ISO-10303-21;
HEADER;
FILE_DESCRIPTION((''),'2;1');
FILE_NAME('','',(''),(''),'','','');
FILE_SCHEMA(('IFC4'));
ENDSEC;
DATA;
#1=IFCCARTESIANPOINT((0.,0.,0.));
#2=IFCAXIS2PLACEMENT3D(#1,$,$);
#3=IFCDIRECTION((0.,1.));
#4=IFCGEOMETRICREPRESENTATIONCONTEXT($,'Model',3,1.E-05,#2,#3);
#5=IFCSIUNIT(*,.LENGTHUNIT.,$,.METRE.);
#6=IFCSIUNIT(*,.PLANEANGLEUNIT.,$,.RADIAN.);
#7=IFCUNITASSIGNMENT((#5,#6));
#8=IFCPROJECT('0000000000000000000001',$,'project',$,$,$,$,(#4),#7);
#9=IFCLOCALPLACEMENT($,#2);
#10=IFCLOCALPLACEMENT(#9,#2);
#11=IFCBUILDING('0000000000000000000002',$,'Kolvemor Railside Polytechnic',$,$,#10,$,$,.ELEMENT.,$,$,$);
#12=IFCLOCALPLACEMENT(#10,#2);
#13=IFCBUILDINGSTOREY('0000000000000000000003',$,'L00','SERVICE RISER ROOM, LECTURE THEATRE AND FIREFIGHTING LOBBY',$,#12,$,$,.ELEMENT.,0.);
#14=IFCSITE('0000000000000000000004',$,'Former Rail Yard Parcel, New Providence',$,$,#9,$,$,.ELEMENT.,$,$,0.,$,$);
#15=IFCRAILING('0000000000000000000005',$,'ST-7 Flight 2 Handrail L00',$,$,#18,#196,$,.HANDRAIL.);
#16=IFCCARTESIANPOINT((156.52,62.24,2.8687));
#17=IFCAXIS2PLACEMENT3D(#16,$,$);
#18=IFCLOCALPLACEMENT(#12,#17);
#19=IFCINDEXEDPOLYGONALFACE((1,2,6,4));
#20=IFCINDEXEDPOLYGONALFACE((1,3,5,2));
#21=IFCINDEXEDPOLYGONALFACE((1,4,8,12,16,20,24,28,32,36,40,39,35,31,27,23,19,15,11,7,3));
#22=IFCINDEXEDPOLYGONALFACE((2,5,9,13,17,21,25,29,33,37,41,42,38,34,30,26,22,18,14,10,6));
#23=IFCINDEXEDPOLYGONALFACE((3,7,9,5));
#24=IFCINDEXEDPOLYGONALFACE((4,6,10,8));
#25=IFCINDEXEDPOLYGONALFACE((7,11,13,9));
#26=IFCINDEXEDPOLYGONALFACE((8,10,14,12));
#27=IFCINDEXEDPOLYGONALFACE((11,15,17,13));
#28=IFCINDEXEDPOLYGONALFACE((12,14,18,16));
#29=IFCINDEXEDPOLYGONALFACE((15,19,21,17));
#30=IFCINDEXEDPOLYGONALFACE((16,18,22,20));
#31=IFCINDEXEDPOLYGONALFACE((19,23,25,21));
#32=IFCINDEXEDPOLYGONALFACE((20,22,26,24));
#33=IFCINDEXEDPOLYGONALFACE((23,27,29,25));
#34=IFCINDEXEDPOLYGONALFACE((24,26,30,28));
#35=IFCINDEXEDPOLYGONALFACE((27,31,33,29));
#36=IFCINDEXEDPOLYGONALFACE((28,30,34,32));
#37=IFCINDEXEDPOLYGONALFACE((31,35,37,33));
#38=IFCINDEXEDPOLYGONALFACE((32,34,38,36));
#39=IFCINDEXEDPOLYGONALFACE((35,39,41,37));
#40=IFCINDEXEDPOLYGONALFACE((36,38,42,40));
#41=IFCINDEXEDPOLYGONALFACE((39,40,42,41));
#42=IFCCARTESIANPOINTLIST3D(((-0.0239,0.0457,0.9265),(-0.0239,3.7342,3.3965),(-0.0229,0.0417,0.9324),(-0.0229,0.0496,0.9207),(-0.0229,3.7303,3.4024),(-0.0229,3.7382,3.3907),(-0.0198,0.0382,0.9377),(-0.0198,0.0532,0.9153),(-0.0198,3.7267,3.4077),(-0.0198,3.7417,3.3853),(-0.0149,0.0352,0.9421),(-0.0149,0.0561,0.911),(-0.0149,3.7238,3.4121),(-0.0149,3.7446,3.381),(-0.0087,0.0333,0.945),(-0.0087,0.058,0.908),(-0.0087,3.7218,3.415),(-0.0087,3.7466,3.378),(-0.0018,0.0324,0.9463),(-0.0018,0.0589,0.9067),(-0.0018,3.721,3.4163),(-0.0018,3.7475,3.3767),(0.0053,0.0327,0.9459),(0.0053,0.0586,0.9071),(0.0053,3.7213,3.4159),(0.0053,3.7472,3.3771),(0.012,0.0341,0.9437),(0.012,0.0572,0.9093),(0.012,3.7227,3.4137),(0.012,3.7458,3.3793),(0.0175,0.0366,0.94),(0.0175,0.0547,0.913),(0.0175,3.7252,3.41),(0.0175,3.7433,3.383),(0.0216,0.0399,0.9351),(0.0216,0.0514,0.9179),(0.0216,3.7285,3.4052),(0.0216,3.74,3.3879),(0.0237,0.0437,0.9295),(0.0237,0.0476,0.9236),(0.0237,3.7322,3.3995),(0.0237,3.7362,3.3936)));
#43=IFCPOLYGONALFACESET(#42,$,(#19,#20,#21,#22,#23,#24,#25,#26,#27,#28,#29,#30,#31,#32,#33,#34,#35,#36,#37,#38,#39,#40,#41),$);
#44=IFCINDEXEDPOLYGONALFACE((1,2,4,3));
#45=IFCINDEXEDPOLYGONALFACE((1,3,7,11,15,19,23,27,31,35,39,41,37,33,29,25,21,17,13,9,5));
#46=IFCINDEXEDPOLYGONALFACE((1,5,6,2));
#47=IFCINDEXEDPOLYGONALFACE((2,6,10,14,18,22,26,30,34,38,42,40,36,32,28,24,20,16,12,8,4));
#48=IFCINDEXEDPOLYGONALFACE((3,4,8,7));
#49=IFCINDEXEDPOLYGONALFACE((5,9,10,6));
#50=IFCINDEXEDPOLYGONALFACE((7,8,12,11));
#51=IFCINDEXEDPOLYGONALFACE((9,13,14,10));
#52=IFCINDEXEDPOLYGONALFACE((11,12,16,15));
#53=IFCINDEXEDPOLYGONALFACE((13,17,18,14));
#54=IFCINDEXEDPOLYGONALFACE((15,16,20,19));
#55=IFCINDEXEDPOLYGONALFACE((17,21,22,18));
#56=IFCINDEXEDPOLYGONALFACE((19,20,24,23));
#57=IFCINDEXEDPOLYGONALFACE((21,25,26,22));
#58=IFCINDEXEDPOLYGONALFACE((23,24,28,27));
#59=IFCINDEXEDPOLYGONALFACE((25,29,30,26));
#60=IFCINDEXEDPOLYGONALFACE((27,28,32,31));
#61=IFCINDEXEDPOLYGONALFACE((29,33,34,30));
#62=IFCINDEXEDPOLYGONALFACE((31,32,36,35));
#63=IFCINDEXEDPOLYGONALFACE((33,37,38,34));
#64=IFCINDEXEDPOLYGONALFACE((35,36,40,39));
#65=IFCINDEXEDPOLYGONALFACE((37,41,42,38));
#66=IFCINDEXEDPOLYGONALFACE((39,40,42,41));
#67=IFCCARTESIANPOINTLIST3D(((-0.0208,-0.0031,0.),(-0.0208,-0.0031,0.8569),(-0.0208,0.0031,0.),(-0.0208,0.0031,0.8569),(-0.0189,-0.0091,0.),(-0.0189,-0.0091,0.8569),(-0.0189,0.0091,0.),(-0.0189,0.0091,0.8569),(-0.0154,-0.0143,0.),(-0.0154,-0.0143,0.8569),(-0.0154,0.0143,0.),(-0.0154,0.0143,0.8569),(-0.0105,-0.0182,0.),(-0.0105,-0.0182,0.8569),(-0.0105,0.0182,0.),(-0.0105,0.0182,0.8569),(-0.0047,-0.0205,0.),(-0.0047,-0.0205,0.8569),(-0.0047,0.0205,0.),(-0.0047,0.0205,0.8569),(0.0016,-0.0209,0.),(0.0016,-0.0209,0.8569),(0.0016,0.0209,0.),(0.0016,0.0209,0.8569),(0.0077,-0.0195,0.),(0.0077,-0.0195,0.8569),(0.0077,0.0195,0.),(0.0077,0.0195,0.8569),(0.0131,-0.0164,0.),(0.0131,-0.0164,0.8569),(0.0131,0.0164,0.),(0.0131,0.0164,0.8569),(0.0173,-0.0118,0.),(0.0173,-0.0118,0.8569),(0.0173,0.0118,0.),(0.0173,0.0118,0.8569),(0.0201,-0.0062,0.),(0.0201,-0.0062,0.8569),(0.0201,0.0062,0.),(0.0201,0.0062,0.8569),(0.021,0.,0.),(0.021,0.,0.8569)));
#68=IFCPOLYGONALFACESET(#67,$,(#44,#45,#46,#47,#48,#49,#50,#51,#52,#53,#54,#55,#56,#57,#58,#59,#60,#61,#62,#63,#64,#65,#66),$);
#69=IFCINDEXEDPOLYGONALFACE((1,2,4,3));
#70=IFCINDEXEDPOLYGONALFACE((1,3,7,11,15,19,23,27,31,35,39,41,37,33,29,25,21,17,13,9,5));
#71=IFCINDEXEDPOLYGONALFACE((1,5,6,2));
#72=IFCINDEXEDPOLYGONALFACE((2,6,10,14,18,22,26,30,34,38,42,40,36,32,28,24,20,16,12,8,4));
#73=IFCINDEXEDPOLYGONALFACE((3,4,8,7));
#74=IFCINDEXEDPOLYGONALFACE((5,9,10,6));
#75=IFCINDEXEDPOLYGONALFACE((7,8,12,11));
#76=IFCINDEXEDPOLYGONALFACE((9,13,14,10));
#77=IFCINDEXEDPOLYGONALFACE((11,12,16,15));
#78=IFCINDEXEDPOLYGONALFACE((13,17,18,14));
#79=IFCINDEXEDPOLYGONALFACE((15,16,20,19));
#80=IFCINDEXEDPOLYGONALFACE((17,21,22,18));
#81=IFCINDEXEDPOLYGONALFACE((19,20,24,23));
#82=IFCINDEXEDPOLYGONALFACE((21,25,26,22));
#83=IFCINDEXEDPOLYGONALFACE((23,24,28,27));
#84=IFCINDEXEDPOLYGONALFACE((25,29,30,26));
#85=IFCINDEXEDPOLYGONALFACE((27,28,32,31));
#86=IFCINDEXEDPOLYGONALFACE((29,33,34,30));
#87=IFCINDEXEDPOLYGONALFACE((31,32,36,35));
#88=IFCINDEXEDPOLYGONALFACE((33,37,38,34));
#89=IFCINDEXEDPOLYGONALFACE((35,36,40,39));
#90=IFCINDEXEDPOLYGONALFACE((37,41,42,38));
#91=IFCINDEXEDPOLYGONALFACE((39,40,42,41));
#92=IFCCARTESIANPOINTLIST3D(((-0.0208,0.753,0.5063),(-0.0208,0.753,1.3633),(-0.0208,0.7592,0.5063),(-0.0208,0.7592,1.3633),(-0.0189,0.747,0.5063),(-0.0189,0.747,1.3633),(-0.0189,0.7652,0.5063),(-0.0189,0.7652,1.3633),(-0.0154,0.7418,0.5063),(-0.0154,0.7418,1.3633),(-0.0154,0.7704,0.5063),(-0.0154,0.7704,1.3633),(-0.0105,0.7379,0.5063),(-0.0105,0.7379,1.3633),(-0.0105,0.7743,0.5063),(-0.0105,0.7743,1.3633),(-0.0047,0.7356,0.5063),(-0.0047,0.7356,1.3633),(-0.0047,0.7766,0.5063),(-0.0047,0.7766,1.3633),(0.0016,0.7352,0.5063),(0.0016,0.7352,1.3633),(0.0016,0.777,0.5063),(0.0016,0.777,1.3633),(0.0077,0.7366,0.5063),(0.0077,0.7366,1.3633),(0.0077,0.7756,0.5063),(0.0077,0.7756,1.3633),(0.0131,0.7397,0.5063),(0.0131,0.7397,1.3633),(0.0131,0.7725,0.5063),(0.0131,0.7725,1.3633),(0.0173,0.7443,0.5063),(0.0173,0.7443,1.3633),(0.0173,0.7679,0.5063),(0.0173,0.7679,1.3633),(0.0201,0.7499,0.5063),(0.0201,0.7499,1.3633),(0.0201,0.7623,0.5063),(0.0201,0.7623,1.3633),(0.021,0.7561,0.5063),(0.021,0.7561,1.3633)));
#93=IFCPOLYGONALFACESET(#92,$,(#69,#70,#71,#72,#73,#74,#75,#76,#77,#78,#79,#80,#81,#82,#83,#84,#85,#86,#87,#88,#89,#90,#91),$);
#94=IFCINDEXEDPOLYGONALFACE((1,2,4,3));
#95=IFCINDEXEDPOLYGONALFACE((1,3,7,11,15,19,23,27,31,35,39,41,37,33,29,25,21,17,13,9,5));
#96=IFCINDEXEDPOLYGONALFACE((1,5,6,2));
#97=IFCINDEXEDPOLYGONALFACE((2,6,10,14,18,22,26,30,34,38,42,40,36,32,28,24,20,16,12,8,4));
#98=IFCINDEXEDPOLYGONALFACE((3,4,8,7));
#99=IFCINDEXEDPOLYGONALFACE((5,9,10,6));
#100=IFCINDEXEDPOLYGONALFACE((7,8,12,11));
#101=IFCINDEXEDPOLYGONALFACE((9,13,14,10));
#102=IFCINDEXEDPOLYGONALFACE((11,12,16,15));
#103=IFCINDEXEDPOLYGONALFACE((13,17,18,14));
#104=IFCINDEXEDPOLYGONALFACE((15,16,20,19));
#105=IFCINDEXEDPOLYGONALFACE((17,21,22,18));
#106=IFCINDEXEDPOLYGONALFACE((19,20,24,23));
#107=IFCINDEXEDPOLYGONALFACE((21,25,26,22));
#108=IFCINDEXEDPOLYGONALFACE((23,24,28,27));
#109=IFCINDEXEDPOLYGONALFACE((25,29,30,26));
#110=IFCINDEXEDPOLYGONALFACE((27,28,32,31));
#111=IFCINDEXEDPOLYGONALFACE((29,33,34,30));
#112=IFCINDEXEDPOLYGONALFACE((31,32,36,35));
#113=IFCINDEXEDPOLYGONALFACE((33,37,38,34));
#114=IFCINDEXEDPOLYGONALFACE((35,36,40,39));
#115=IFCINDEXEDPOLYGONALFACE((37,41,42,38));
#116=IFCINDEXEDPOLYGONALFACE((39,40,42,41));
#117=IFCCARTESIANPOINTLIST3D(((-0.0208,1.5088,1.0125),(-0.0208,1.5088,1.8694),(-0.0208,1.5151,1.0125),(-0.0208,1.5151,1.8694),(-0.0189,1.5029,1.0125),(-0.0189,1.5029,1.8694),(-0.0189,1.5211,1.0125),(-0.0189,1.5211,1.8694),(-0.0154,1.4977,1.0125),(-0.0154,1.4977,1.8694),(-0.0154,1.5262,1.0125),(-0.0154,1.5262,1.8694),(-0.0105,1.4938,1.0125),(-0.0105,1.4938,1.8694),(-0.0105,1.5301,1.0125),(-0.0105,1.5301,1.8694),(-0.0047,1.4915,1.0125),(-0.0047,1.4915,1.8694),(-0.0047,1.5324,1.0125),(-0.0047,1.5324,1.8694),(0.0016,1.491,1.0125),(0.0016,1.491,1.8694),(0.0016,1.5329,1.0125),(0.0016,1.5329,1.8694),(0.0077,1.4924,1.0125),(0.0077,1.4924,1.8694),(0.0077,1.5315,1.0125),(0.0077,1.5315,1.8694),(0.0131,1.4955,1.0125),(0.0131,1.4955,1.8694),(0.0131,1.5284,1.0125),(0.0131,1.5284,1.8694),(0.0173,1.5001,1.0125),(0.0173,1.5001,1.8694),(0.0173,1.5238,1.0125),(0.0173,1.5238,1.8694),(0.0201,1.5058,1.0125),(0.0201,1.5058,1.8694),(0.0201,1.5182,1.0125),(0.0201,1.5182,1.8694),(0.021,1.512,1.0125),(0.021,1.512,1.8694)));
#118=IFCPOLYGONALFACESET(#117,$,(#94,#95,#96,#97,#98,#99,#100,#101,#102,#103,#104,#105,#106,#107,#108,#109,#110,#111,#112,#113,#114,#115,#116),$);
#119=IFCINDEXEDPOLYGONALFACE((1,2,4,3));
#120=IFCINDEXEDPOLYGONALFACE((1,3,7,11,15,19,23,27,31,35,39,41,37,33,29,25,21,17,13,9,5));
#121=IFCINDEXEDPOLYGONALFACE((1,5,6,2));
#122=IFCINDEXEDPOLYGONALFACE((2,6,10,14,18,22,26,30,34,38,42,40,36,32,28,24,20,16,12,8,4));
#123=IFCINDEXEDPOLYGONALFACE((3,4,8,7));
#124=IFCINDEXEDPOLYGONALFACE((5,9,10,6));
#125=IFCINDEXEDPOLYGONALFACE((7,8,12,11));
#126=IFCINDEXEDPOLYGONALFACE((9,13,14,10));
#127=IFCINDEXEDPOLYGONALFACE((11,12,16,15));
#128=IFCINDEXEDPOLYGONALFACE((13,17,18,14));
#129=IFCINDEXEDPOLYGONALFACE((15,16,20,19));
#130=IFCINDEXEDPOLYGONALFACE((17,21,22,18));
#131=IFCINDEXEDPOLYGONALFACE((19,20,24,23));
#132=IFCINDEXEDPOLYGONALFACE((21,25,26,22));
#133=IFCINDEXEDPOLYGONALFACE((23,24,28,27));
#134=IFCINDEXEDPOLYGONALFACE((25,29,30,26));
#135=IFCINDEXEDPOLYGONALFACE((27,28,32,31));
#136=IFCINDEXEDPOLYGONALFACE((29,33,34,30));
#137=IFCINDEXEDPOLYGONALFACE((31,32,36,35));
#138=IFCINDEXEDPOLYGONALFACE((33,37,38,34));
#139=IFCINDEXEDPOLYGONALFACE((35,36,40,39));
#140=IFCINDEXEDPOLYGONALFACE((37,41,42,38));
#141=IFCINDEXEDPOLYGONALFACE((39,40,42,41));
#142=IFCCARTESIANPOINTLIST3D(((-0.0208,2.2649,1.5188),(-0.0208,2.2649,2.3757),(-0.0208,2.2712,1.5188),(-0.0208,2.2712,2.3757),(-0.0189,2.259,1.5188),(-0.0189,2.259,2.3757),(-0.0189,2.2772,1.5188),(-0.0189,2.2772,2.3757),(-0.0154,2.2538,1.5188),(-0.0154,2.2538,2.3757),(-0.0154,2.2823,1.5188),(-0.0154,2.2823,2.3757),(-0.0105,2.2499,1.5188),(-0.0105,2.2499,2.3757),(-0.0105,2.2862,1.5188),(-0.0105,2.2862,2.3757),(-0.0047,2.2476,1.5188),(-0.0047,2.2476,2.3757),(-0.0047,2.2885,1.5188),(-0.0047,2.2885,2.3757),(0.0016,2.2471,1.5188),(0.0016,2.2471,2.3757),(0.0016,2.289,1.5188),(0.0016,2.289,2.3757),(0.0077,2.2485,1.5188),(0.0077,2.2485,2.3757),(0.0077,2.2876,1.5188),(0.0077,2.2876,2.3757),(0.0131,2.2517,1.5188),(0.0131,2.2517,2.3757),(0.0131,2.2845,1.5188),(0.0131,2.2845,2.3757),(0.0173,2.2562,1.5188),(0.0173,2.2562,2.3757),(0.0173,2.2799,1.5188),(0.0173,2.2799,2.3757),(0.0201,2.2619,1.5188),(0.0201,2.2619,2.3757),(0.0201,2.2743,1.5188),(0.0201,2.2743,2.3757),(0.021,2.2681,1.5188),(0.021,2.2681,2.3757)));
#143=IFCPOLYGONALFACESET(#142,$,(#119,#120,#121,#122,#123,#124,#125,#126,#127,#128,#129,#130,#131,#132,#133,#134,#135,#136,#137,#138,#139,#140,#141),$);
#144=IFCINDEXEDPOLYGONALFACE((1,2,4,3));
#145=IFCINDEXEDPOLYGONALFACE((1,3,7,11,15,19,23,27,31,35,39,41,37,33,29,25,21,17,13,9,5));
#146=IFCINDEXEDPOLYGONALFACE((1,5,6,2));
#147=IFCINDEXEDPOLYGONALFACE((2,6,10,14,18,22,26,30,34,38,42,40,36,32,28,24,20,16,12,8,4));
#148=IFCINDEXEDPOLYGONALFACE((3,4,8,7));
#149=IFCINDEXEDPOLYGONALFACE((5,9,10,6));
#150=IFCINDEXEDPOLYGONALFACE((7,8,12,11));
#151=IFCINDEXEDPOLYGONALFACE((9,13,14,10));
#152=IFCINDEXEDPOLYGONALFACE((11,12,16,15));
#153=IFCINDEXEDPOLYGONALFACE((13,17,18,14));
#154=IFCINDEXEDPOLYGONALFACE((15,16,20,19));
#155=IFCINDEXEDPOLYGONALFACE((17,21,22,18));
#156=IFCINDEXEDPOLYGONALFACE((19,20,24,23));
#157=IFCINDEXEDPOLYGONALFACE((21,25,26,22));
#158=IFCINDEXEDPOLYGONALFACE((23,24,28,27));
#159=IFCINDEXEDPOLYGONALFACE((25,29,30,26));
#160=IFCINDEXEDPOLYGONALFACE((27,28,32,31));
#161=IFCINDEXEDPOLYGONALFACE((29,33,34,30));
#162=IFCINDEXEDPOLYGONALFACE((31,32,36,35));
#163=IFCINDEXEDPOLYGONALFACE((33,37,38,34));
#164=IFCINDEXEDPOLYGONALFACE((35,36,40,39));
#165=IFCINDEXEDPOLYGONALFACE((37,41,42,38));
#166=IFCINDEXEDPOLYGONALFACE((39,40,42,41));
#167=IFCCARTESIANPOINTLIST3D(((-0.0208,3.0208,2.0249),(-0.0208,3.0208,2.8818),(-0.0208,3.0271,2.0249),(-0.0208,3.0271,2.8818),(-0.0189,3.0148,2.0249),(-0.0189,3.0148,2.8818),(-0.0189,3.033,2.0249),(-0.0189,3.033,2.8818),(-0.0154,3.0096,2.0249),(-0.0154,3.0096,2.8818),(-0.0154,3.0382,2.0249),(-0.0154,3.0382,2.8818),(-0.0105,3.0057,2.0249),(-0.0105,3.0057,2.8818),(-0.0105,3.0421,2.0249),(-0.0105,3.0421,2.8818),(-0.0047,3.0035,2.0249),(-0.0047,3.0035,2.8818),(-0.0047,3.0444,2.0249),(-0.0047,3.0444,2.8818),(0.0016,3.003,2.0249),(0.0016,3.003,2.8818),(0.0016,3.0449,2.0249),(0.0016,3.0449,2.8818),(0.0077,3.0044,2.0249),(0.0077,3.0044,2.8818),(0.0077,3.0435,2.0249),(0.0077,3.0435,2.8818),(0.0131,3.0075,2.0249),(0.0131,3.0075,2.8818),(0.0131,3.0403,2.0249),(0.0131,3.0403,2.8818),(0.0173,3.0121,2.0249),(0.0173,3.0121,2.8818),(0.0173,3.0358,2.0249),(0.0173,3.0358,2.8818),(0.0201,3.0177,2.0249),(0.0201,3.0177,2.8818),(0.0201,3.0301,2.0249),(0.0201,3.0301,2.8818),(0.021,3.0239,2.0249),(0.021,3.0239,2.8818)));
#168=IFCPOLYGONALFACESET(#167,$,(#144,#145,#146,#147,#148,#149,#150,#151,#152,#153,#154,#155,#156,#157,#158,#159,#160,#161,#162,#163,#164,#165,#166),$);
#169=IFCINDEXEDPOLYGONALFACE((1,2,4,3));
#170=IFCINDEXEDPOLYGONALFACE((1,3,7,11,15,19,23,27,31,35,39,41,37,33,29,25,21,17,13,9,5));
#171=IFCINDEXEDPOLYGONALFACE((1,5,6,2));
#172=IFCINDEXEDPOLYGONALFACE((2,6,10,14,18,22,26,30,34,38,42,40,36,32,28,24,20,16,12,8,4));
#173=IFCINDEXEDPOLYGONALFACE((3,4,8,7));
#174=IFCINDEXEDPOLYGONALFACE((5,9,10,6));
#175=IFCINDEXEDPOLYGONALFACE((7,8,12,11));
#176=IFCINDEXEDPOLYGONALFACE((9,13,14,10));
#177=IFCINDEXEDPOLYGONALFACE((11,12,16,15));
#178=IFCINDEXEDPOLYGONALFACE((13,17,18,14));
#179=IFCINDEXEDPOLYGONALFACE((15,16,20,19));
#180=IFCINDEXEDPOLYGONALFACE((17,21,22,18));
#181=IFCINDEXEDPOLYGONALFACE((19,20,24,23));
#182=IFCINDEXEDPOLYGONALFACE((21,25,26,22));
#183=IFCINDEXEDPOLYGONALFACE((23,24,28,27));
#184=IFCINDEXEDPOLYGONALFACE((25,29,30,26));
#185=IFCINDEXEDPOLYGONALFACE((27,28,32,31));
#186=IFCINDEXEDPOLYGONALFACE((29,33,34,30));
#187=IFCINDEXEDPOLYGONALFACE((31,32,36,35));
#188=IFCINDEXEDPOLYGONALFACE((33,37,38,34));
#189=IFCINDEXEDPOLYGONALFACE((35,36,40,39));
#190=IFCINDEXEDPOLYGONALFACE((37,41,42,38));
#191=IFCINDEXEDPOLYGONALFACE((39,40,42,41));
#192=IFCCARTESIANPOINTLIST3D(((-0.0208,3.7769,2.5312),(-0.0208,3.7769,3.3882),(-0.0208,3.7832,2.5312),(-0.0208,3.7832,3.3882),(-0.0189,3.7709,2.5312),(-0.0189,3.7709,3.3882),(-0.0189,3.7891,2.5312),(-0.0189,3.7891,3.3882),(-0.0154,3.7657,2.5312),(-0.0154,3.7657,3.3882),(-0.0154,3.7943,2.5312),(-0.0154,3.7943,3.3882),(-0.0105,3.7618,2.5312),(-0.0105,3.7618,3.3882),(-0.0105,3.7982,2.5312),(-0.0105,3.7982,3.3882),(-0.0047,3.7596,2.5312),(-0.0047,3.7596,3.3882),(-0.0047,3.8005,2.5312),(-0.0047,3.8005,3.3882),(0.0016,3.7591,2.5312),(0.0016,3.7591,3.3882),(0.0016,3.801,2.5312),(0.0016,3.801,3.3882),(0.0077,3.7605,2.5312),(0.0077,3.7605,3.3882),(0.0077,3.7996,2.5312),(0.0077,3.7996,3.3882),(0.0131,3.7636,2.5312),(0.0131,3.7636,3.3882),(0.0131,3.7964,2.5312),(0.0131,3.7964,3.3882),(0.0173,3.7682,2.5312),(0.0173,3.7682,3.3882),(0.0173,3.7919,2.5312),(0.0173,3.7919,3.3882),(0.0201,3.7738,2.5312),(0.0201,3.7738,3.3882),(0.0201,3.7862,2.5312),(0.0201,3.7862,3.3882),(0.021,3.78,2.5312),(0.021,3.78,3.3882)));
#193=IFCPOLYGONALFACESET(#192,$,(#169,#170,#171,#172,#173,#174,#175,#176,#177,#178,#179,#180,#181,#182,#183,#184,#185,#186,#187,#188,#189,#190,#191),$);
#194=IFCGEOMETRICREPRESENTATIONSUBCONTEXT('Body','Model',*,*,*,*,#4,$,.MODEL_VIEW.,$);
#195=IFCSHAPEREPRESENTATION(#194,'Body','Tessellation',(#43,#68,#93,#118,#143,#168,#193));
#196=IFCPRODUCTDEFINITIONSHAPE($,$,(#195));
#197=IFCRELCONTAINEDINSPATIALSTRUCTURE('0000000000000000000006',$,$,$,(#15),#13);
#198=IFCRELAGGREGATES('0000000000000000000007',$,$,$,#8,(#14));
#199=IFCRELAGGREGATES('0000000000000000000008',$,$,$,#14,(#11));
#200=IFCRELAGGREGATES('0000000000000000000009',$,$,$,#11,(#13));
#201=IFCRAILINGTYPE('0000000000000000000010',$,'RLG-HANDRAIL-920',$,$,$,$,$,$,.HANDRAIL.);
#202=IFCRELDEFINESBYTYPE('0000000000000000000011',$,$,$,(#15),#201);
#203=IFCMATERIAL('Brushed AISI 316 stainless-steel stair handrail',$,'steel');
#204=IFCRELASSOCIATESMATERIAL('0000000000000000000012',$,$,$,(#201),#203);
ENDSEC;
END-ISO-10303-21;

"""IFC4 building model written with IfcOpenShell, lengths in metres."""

from ifc_helpers import new_model, si_unit, direction, frame, origin, origin_2d, place, context, subcontext, project, spatial, circle, extrude, material, type_object, element, save


model = new_model("IFC4")

# Units and contexts
model_context = context("Model", 3, precision=1e-05, world=origin(), true_north=direction((0.0, 1.0)))
body_context = subcontext(model_context, "Body", "Model", "MODEL_VIEW")
ifc_project = project(units=[si_unit("LENGTHUNIT", "METRE"), si_unit("PLANEANGLEUNIT", "RADIAN")], contexts=[model_context])

# Site, building, storey
site_placement = place(None, origin())
site = spatial("IfcSite", under=ifc_project, at=site_placement, Name="Former Rail Yard Parcel, New Providence", CompositionType="ELEMENT", RefElevation=0.0)
building_placement = place(site_placement, origin())
building = spatial("IfcBuilding", under=site, at=building_placement, Name="Kolvemor Railside Polytechnic", CompositionType="ELEMENT")
storey_placement = place(building_placement, origin())
storey = spatial("IfcBuildingStorey", under=building, at=storey_placement, Name="L00", Description="SERVICE RISER ROOM, LECTURE THEATRE AND FIREFIGHTING LOBBY", CompositionType="ELEMENT", Elevation=0.0)

# Railing
ifc_material_1 = material(Name="Brushed AISI 316 stainless-steel stair handrail", Category="steel")
railing_type_1 = type_object("IfcRailingType", Name="RLG-HANDRAIL-920", PredefinedType="HANDRAIL", material=ifc_material_1)
railing_1_placement = place(storey_placement, frame((156.52, 62.24, 2.8687)))
element("IfcRailing", 1, at=railing_1_placement, inside=storey, type_object=railing_type_1, Name="ST-7 Flight 2 Handrail L00", PredefinedType="HANDRAIL", context=body_context, shape_type="SweptSolid", body=[
    extrude(circle(Radius=0.0239, at=origin_2d()), frame((0.0, 0.0457, 0.9265), z_axis=(0.0, 0.830909, 0.556408), x_axis=(-1.0, 0.0, 0.0)), (0.0, 0.0, 1.0), 4.4392),
    extrude(circle(Radius=0.021, at=origin_2d()), origin(), (0.0, 0.0, 1.0), 0.8569),
    extrude(circle(Radius=0.021, at=origin_2d()), frame((0.0, 0.7561, 0.5063)), (0.0, 0.0, 1.0), 0.8569),
    extrude(circle(Radius=0.021, at=origin_2d()), frame((0.0, 1.512, 1.0125)), (0.0, 0.0, 1.0), 0.8569),
    extrude(circle(Radius=0.021, at=origin_2d()), frame((0.0, 2.2681, 1.5188)), (0.0, 0.0, 1.0), 0.8569),
    extrude(circle(Radius=0.021, at=origin_2d()), frame((0.0, 3.0239, 2.0249)), (0.0, 0.0, 1.0), 0.8569),
    extrude(circle(Radius=0.021, at=origin_2d()), frame((0.0, 3.78, 2.5312)), (0.0, 0.0, 1.0), 0.8569),
])

save(model, "model.ifc")
